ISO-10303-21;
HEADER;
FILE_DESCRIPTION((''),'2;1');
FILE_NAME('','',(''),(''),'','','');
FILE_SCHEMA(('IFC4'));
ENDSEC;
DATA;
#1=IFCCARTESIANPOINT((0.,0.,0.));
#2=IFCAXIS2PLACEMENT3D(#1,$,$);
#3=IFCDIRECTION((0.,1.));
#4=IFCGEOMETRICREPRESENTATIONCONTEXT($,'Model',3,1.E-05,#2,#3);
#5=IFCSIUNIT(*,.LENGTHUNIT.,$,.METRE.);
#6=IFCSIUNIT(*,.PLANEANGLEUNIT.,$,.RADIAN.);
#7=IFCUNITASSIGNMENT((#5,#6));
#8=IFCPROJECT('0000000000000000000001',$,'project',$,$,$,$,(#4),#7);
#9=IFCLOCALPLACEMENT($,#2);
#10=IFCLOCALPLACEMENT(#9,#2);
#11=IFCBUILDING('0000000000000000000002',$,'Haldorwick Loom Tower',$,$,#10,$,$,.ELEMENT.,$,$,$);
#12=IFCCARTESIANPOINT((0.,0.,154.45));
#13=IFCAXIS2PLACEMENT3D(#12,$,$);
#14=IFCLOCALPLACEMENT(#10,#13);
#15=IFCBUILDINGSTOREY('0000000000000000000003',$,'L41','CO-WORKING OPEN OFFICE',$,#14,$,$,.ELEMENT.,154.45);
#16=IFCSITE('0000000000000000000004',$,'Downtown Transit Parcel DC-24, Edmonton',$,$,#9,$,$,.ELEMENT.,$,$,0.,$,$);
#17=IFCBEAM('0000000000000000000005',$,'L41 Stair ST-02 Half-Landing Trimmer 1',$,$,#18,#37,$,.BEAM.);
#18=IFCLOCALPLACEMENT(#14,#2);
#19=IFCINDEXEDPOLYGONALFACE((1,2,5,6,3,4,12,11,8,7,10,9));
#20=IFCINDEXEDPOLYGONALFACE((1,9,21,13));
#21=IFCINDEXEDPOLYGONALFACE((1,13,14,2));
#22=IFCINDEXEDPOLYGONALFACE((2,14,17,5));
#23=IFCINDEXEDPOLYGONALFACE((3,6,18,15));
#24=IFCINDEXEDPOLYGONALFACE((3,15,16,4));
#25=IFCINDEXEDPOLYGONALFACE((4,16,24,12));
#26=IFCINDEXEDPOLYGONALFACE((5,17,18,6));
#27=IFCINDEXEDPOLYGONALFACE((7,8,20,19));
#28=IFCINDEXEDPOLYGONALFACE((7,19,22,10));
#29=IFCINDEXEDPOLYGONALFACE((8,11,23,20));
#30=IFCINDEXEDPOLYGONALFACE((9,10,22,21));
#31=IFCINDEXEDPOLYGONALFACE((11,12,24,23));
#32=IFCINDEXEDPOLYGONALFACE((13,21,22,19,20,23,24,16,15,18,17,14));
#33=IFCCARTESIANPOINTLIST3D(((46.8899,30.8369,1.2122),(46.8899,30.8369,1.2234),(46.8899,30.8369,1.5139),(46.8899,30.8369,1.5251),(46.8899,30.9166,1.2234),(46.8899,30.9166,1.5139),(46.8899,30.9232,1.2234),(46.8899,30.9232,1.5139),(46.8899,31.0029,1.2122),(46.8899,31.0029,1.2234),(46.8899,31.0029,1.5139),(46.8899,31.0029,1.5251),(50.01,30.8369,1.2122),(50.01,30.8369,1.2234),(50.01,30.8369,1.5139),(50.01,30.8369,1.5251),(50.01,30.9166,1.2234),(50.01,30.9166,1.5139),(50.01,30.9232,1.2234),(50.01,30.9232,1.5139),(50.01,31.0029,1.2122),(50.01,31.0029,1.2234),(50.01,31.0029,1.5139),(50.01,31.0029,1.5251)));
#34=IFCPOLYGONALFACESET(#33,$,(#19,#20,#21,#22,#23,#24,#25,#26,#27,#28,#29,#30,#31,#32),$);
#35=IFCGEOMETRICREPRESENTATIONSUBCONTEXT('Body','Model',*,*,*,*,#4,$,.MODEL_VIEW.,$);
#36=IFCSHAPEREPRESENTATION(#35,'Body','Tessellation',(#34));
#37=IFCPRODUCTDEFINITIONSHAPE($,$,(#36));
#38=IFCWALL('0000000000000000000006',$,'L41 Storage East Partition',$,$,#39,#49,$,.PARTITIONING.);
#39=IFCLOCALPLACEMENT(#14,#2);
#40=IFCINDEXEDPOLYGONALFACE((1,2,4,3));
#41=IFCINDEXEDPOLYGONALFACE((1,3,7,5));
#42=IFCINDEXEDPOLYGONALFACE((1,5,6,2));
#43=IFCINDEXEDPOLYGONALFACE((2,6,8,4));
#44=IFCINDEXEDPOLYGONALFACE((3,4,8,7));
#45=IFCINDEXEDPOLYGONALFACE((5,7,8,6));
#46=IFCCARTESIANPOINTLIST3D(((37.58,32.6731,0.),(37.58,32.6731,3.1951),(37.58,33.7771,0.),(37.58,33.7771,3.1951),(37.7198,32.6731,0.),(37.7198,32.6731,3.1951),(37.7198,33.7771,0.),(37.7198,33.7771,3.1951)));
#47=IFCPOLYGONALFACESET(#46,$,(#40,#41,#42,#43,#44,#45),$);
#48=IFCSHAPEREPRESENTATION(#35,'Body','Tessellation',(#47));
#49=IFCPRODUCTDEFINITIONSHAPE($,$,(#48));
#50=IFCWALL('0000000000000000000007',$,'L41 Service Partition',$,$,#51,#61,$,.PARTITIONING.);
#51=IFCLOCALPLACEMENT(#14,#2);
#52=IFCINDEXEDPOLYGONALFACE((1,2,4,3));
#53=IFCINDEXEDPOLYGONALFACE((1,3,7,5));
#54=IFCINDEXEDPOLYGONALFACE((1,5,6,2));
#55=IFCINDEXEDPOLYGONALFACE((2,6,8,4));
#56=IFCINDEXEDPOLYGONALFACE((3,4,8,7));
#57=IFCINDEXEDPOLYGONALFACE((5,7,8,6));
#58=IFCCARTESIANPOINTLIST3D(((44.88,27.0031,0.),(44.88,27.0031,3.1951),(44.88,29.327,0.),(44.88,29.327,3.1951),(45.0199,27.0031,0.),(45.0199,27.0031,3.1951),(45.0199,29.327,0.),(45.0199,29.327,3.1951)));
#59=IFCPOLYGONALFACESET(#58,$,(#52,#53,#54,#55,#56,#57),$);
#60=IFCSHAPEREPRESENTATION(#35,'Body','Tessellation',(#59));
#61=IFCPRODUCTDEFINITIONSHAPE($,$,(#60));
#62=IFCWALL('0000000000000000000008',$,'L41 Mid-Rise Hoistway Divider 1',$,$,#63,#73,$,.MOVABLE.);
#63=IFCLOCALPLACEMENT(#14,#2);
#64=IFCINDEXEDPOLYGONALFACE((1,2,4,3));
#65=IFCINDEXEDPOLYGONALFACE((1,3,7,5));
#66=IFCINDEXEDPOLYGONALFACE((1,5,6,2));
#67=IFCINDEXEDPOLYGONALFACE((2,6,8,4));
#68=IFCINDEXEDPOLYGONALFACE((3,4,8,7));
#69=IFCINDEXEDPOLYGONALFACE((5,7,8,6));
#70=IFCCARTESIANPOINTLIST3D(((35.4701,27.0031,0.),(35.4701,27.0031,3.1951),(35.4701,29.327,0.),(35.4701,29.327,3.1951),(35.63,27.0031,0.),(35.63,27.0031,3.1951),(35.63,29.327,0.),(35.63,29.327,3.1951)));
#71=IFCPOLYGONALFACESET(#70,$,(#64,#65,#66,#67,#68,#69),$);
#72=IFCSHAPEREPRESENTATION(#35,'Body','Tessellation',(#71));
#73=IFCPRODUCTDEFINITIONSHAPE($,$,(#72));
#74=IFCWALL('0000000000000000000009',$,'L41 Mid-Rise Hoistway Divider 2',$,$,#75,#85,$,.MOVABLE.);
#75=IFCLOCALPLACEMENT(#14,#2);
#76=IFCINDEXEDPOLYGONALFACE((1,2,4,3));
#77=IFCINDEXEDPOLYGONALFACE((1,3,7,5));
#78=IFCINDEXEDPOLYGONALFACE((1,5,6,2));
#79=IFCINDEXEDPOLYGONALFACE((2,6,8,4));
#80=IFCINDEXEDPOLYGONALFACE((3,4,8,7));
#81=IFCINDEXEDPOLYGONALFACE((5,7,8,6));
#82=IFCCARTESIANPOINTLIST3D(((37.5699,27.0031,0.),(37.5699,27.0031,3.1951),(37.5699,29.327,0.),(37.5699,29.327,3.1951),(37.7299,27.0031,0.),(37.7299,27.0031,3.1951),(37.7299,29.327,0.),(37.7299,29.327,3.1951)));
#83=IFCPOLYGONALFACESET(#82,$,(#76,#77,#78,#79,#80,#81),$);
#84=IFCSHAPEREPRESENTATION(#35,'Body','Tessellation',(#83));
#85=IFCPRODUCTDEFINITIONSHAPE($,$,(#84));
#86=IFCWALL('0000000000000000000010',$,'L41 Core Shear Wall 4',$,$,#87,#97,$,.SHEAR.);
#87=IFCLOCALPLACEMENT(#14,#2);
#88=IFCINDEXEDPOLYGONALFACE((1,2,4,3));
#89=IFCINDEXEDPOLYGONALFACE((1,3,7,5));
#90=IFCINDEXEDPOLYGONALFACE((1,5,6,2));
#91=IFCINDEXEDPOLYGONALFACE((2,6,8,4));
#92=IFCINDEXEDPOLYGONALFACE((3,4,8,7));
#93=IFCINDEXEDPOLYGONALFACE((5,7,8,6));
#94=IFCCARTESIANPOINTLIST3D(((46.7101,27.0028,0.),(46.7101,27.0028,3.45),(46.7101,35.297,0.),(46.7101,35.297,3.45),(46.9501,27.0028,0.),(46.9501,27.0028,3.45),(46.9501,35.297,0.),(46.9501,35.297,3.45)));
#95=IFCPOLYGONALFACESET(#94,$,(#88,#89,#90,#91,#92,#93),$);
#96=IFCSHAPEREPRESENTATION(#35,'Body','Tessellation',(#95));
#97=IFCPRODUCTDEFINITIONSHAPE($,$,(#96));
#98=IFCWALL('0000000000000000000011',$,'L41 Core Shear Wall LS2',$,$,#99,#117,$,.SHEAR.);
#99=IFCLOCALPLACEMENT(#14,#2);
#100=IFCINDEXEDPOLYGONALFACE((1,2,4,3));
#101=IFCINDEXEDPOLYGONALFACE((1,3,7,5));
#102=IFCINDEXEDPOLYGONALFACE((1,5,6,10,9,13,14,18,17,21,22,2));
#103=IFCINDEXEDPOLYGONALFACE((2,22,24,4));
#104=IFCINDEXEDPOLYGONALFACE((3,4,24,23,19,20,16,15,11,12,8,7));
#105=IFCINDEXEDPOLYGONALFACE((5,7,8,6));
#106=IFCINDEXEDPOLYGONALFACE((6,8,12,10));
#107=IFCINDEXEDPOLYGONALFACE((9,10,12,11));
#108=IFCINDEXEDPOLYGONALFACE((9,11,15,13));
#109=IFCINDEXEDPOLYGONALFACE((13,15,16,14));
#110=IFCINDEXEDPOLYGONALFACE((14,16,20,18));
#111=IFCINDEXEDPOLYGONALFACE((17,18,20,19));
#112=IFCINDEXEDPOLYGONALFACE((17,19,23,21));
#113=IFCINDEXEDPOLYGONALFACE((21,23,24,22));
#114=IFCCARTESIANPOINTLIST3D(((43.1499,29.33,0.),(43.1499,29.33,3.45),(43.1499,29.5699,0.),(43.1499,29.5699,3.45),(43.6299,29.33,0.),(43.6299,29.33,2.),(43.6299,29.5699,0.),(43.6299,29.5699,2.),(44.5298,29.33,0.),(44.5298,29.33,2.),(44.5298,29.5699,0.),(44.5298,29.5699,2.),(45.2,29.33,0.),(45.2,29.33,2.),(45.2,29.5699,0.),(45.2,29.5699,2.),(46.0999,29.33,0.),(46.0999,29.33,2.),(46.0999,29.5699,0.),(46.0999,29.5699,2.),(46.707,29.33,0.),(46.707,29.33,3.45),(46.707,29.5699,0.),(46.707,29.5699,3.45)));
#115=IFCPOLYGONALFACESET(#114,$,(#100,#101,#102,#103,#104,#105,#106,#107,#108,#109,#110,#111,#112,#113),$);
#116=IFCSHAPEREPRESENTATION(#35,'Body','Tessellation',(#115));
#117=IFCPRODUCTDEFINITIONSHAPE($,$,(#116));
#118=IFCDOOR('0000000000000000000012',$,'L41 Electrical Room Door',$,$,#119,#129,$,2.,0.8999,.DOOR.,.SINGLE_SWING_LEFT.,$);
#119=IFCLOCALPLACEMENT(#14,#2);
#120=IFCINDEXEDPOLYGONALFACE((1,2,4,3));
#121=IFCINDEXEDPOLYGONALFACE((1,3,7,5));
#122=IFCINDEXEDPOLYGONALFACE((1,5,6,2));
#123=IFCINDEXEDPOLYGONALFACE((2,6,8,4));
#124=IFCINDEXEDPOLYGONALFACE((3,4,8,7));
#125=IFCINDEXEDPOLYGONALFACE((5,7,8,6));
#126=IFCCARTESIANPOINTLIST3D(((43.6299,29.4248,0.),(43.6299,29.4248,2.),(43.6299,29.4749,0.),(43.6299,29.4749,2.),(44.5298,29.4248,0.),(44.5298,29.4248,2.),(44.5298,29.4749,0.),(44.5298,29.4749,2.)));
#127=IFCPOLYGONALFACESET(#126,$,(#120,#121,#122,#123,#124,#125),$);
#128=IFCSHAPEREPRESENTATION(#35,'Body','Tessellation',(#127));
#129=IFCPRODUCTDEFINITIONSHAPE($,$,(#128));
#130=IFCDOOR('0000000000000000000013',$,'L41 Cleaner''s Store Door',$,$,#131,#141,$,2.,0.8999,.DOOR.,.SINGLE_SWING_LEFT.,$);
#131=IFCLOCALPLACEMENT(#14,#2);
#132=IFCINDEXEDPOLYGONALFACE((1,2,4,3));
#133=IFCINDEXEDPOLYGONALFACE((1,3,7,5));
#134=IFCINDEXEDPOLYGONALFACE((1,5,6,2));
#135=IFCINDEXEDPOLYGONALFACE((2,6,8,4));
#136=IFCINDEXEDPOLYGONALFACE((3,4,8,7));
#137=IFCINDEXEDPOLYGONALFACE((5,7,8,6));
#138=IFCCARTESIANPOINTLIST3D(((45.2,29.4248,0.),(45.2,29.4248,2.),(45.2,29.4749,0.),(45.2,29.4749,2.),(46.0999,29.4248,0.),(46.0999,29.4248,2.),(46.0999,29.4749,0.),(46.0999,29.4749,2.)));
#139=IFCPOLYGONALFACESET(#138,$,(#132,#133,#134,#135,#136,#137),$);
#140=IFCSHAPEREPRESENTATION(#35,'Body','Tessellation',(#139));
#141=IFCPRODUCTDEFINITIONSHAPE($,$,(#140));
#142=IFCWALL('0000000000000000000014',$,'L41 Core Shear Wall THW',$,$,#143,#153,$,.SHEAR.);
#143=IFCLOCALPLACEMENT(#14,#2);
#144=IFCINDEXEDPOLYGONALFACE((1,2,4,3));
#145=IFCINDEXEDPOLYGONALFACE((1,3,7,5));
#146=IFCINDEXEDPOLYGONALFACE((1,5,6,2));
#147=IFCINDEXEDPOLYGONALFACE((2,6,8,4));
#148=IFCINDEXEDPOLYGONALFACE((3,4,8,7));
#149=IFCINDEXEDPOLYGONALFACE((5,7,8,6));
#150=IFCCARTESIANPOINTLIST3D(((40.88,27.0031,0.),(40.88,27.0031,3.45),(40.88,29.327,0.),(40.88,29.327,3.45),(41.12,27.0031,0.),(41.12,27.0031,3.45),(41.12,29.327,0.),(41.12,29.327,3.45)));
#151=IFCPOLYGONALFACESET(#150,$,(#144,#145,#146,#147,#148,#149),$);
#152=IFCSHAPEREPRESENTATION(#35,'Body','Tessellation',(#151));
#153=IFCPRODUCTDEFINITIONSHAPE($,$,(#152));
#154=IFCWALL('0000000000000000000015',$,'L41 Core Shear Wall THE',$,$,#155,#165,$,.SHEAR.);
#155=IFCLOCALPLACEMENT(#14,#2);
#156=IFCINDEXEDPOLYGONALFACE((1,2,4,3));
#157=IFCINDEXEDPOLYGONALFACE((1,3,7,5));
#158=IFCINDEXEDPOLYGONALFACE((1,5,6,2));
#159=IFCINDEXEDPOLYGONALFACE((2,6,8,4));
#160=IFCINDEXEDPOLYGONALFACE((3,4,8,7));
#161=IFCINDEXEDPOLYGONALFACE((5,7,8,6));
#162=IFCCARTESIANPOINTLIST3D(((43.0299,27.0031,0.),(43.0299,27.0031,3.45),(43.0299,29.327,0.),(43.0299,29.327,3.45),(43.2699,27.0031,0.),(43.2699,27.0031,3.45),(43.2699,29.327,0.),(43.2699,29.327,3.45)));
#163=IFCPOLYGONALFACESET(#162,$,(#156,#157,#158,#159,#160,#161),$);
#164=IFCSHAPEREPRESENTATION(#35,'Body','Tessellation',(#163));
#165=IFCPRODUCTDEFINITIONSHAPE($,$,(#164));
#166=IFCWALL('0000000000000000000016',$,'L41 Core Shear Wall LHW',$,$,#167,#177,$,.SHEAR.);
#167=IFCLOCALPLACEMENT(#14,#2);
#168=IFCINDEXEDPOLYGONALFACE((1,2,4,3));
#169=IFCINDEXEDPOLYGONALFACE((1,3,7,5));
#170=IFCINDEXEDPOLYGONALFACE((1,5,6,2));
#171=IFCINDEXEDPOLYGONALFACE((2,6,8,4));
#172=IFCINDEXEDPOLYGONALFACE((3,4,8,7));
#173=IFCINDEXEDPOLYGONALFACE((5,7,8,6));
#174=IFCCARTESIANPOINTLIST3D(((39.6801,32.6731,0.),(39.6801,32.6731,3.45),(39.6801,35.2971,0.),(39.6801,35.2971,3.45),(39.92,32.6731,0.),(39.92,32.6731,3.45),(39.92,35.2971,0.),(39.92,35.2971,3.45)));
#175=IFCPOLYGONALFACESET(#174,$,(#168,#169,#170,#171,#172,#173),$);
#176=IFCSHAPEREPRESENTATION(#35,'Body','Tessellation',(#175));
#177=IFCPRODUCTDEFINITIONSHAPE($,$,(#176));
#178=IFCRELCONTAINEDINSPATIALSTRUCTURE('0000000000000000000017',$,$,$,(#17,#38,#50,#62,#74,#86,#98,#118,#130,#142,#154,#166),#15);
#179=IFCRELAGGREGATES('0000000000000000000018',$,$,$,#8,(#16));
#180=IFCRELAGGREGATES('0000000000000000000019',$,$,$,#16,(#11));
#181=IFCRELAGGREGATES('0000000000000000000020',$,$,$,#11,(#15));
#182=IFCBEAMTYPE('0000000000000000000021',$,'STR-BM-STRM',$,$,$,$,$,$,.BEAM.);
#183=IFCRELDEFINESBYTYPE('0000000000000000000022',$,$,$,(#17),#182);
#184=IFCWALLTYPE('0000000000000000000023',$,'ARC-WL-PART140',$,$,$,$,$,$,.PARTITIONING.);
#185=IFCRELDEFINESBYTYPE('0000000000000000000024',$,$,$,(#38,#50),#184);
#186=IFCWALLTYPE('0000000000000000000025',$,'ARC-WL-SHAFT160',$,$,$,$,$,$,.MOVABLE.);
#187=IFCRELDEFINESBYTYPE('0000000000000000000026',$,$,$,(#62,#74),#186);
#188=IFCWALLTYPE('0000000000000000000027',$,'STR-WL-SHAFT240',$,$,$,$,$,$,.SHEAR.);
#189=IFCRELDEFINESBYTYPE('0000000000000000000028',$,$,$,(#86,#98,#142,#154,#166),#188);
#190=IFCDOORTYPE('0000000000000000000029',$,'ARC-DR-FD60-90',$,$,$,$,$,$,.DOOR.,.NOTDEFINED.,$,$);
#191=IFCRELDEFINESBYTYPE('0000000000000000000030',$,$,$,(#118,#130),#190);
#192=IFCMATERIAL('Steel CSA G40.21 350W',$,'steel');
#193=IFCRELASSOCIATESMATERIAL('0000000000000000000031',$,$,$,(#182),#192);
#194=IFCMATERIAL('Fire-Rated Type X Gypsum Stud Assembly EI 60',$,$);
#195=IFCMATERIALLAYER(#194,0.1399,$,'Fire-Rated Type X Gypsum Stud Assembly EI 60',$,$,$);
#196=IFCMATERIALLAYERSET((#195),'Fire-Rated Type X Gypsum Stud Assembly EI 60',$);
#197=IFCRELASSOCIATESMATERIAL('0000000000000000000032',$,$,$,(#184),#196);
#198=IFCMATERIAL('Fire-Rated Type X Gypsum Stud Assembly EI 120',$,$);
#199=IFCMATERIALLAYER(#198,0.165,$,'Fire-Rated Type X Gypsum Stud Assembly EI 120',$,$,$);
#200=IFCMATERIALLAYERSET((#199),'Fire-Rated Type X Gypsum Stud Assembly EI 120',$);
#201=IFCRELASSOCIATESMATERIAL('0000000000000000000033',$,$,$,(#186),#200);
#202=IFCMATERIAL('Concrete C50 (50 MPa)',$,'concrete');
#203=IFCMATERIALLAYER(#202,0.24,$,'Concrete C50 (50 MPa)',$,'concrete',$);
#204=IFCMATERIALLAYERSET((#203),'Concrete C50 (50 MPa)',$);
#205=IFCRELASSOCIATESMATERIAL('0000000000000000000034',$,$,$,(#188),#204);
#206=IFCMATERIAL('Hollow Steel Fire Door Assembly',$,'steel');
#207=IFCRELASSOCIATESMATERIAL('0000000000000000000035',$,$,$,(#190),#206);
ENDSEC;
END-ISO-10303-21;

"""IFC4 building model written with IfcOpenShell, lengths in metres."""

from ifc_helpers import new_model, si_unit, direction, frame, frame_2d, origin, origin_2d, place, context, subcontext, project, spatial, rectangle, i_section, extrude, material, layer, layer_set, material_profile, profile_set, type_object, element, fill, save


model = new_model("IFC4")

# Units and contexts
model_context = context("Model", 3, precision=1e-05, world=origin(), true_north=direction((0.0, 1.0)))
body_context = subcontext(model_context, "Body", "Model", "MODEL_VIEW")
ifc_project = project(units=[si_unit("LENGTHUNIT", "METRE"), si_unit("PLANEANGLEUNIT", "RADIAN")], contexts=[model_context])

# Site, building, storey
site_placement = place(None, origin())
site = spatial("IfcSite", under=ifc_project, at=site_placement, Name="Downtown Transit Parcel DC-24, Edmonton", CompositionType="ELEMENT", RefElevation=0.0)
building_placement = place(site_placement, origin())
building = spatial("IfcBuilding", under=site, at=building_placement, Name="Haldorwick Loom Tower", CompositionType="ELEMENT")
storey_placement = place(building_placement, frame((0.0, 0.0, 154.45)))
storey = spatial("IfcBuildingStorey", under=building, at=storey_placement, Name="L41", Description="CO-WORKING OPEN OFFICE", CompositionType="ELEMENT", Elevation=154.45)

# Beam
ifc_material_1 = material(Name="Steel CSA G40.21 350W", Category="steel")
ifc_material_profile_1 = material_profile(ifc_material_1, i_section(OverallWidth=0.166, OverallDepth=0.313, WebThickness=0.0066, FlangeThickness=0.0112, at=origin_2d()), Name="W310X45", Category="steel")
ifc_profile_set_1 = profile_set([ifc_material_profile_1], Name="Steel CSA G40.21 350W")
beam_type_1 = type_object("IfcBeamType", Name="STR-BM-STRM", PredefinedType="BEAM", material=ifc_profile_set_1)
for number, where, z_axis, x_axis, name in (
    (1, (46.8899, 30.9199, 1.3687), (1.0, 0.0, 0.0), (0.0, 1.0, 0.0), "L41 Stair ST-02 Half-Landing Trimmer 1"),
):
    element("IfcBeam", number, at=place(storey_placement, frame(where, z_axis=z_axis, x_axis=x_axis)), inside=storey, type_object=beam_type_1, Name=name, PredefinedType="BEAM", context=body_context, shape_type="SweptSolid", body=[
        extrude(i_section(OverallWidth=0.166, OverallDepth=0.313, WebThickness=0.0066, FlangeThickness=0.0112, at=origin_2d()), origin(), (0.0, 0.0, 1.0), 3.1201),
    ])

# Walls
ifc_material_2 = material(Name="Fire-Rated Type X Gypsum Stud Assembly EI 60")
ifc_layer_1 = layer(ifc_material_2, 0.1399, Name="Fire-Rated Type X Gypsum Stud Assembly EI 60")
ifc_layer_set_1 = layer_set([ifc_layer_1], Name="Fire-Rated Type X Gypsum Stud Assembly EI 60")
wall_type_1 = type_object("IfcWallType", Name="ARC-WL-PART140", PredefinedType="PARTITIONING", material=ifc_layer_set_1)
wall_1_placement = place(storey_placement, frame((37.6499, 32.6731, 0.0), z_axis=(0.0, 0.0, 1.0), x_axis=(0.0, 1.0, 0.0)))
element("IfcWall", 2, at=wall_1_placement, inside=storey, type_object=wall_type_1, Name="L41 Storage East Partition", PredefinedType="PARTITIONING", context=body_context, shape_type="SweptSolid", body=[
    extrude(rectangle(XDim=1.104, YDim=0.1399, at=frame_2d((0.552, 0.0))), origin(), (0.0, 0.0, 1.0), 3.1951),
])
wall_2_placement = place(storey_placement, frame((44.95, 27.0029, 0.0), z_axis=(0.0, 0.0, 1.0), x_axis=(0.0, 1.0, 0.0)))
element("IfcWall", 3, at=wall_2_placement, inside=storey, type_object=wall_type_1, Name="L41 Service Partition", PredefinedType="PARTITIONING", context=body_context, shape_type="SweptSolid", body=[
    extrude(rectangle(XDim=2.324, YDim=0.1399, at=frame_2d((1.1621, 0.0))), origin(), (0.0, 0.0, 1.0), 3.1951),
])
ifc_material_3 = material(Name="Fire-Rated Type X Gypsum Stud Assembly EI 120")
ifc_layer_2 = layer(ifc_material_3, 0.165, Name="Fire-Rated Type X Gypsum Stud Assembly EI 120")
ifc_layer_set_2 = layer_set([ifc_layer_2], Name="Fire-Rated Type X Gypsum Stud Assembly EI 120")
wall_type_2 = type_object("IfcWallType", Name="ARC-WL-SHAFT160", PredefinedType="MOVABLE", material=ifc_layer_set_2)
for number, where, z_axis, x_axis, name in (
    (4, (35.55, 27.0029, 0.0), (0.0, 0.0, 1.0), (0.0, 1.0, 0.0), "L41 Mid-Rise Hoistway Divider 1"),
    (5, (37.6499, 27.0029, 0.0), (0.0, 0.0, 1.0), (0.0, 1.0, 0.0), "L41 Mid-Rise Hoistway Divider 2"),
):
    element("IfcWall", number, at=place(storey_placement, frame(where, z_axis=z_axis, x_axis=x_axis)), inside=storey, type_object=wall_type_2, Name=name, PredefinedType="MOVABLE", context=body_context, shape_type="SweptSolid", body=[
        extrude(rectangle(XDim=2.324, YDim=0.1599, at=frame_2d((1.1621, 0.0))), origin(), (0.0, 0.0, 1.0), 3.1951),
    ])
ifc_material_4 = material(Name="Concrete C50 (50 MPa)", Category="concrete")
ifc_layer_3 = layer(ifc_material_4, 0.24, Name="Concrete C50 (50 MPa)", Category="concrete")
ifc_layer_set_3 = layer_set([ifc_layer_3], Name="Concrete C50 (50 MPa)")
wall_type_3 = type_object("IfcWallType", Name="STR-WL-SHAFT240", PredefinedType="SHEAR", material=ifc_layer_set_3)
wall_3_placement = place(storey_placement, frame((46.8301, 27.0029, 0.0), z_axis=(0.0, 0.0, 1.0), x_axis=(0.0, 1.0, 0.0)))
element("IfcWall", 6, at=wall_3_placement, inside=storey, type_object=wall_type_3, Name="L41 Core Shear Wall 4", PredefinedType="SHEAR", context=body_context, shape_type="SweptSolid", body=[
    extrude(rectangle(XDim=8.2942, YDim=0.24, at=frame_2d((4.147, 0.0))), origin(), (0.0, 0.0, 1.0), 3.45),
])

# Wall, openings, doors
wall_4_placement = place(storey_placement, frame((43.1499, 29.45, 0.0), z_axis=(0.0, 0.0, 1.0), x_axis=(1.0, 0.0, 0.0)))
wall_4 = element("IfcWall", 7, at=wall_4_placement, inside=storey, type_object=wall_type_3, Name="L41 Core Shear Wall LS2", PredefinedType="SHEAR", context=body_context, shape_type="SweptSolid", body=[
    extrude(rectangle(XDim=3.5571, YDim=0.24, at=frame_2d((1.7786, 0.0))), origin(), (0.0, 0.0, 1.0), 3.45),
])
opening_1_placement = place(wall_4_placement, frame((0.48, 0.0, 0.0)))
opening_1 = element("IfcOpeningElement", 8, at=opening_1_placement, cuts=wall_4, PredefinedType="OPENING", context=body_context, shape_type="SweptSolid", body=[
    extrude(rectangle(XDim=0.8999, YDim=2.0, at=frame_2d((0.45, 1.0))), frame((0.0, 0.1299, 0.0), z_axis=(0.0, -1.0, 0.0), x_axis=(1.0, 0.0, 0.0)), (0.0, 0.0, 1.0), 0.26),
])
opening_2_placement = place(wall_4_placement, frame((2.05, 0.0, 0.0)))
opening_2 = element("IfcOpeningElement", 9, at=opening_2_placement, cuts=wall_4, PredefinedType="OPENING", context=body_context, shape_type="SweptSolid", body=[
    extrude(rectangle(XDim=0.8999, YDim=2.0, at=frame_2d((0.45, 1.0))), frame((0.0, 0.1299, 0.0), z_axis=(0.0, -1.0, 0.0), x_axis=(1.0, 0.0, 0.0)), (0.0, 0.0, 1.0), 0.26),
])
ifc_material_5 = material(Name="Hollow Steel Fire Door Assembly", Category="steel")
door_type = type_object("IfcDoorType", Name="ARC-DR-FD60-90", OperationType="NOTDEFINED", PredefinedType="DOOR", material=ifc_material_5)
door_1_placement = place(opening_1_placement, origin())
door_1 = element("IfcDoor", 10, at=door_1_placement, inside=storey, type_object=door_type, Name="L41 Electrical Room Door", OperationType="SINGLE_SWING_LEFT", OverallHeight=2.0, OverallWidth=0.8999, PredefinedType="DOOR", context=body_context, shape_type="SweptSolid", body=[
    extrude(rectangle(XDim=0.8999, YDim=2.0, at=frame_2d((0.45, 1.0))), frame((0.0, 0.0249, 0.0), z_axis=(0.0, -1.0, 0.0), x_axis=(1.0, 0.0, 0.0)), (0.0, 0.0, 1.0), 0.05),
])
fill(opening_1, door_1)
door_2_placement = place(opening_2_placement, origin())
door_2 = element("IfcDoor", 11, at=door_2_placement, inside=storey, type_object=door_type, Name="L41 Cleaner's Store Door", OperationType="SINGLE_SWING_LEFT", OverallHeight=2.0, OverallWidth=0.8999, PredefinedType="DOOR", context=body_context, shape_type="SweptSolid", body=[
    extrude(rectangle(XDim=0.8999, YDim=2.0, at=frame_2d((0.45, 1.0))), frame((0.0, 0.0249, 0.0), z_axis=(0.0, -1.0, 0.0), x_axis=(1.0, 0.0, 0.0)), (0.0, 0.0, 1.0), 0.05),
])
fill(opening_2, door_2)

# Walls
for number, where, z_axis, x_axis, name in (
    (12, (41.0, 27.0029, 0.0), (0.0, 0.0, 1.0), (0.0, 1.0, 0.0), "L41 Core Shear Wall THW"),
    (13, (43.1499, 27.0029, 0.0), (0.0, 0.0, 1.0), (0.0, 1.0, 0.0), "L41 Core Shear Wall THE"),
):
    element("IfcWall", number, at=place(storey_placement, frame(where, z_axis=z_axis, x_axis=x_axis)), inside=storey, type_object=wall_type_3, Name=name, PredefinedType="SHEAR", context=body_context, shape_type="SweptSolid", body=[
        extrude(rectangle(XDim=2.324, YDim=0.24, at=frame_2d((1.1621, 0.0))), origin(), (0.0, 0.0, 1.0), 3.45),
    ])
for number, where, z_axis, x_axis, name in (
    (14, (39.8, 32.6731, 0.0), (0.0, 0.0, 1.0), (0.0, 1.0, 0.0), "L41 Core Shear Wall LHW"),
):
    element("IfcWall", number, at=place(storey_placement, frame(where, z_axis=z_axis, x_axis=x_axis)), inside=storey, type_object=wall_type_3, Name=name, PredefinedType="SHEAR", context=body_context, shape_type="SweptSolid", body=[
        extrude(rectangle(XDim=2.624, YDim=0.24, at=frame_2d((1.312, 0.0))), origin(), (0.0, 0.0, 1.0), 3.45),
    ])

save(model, "model.ifc")
